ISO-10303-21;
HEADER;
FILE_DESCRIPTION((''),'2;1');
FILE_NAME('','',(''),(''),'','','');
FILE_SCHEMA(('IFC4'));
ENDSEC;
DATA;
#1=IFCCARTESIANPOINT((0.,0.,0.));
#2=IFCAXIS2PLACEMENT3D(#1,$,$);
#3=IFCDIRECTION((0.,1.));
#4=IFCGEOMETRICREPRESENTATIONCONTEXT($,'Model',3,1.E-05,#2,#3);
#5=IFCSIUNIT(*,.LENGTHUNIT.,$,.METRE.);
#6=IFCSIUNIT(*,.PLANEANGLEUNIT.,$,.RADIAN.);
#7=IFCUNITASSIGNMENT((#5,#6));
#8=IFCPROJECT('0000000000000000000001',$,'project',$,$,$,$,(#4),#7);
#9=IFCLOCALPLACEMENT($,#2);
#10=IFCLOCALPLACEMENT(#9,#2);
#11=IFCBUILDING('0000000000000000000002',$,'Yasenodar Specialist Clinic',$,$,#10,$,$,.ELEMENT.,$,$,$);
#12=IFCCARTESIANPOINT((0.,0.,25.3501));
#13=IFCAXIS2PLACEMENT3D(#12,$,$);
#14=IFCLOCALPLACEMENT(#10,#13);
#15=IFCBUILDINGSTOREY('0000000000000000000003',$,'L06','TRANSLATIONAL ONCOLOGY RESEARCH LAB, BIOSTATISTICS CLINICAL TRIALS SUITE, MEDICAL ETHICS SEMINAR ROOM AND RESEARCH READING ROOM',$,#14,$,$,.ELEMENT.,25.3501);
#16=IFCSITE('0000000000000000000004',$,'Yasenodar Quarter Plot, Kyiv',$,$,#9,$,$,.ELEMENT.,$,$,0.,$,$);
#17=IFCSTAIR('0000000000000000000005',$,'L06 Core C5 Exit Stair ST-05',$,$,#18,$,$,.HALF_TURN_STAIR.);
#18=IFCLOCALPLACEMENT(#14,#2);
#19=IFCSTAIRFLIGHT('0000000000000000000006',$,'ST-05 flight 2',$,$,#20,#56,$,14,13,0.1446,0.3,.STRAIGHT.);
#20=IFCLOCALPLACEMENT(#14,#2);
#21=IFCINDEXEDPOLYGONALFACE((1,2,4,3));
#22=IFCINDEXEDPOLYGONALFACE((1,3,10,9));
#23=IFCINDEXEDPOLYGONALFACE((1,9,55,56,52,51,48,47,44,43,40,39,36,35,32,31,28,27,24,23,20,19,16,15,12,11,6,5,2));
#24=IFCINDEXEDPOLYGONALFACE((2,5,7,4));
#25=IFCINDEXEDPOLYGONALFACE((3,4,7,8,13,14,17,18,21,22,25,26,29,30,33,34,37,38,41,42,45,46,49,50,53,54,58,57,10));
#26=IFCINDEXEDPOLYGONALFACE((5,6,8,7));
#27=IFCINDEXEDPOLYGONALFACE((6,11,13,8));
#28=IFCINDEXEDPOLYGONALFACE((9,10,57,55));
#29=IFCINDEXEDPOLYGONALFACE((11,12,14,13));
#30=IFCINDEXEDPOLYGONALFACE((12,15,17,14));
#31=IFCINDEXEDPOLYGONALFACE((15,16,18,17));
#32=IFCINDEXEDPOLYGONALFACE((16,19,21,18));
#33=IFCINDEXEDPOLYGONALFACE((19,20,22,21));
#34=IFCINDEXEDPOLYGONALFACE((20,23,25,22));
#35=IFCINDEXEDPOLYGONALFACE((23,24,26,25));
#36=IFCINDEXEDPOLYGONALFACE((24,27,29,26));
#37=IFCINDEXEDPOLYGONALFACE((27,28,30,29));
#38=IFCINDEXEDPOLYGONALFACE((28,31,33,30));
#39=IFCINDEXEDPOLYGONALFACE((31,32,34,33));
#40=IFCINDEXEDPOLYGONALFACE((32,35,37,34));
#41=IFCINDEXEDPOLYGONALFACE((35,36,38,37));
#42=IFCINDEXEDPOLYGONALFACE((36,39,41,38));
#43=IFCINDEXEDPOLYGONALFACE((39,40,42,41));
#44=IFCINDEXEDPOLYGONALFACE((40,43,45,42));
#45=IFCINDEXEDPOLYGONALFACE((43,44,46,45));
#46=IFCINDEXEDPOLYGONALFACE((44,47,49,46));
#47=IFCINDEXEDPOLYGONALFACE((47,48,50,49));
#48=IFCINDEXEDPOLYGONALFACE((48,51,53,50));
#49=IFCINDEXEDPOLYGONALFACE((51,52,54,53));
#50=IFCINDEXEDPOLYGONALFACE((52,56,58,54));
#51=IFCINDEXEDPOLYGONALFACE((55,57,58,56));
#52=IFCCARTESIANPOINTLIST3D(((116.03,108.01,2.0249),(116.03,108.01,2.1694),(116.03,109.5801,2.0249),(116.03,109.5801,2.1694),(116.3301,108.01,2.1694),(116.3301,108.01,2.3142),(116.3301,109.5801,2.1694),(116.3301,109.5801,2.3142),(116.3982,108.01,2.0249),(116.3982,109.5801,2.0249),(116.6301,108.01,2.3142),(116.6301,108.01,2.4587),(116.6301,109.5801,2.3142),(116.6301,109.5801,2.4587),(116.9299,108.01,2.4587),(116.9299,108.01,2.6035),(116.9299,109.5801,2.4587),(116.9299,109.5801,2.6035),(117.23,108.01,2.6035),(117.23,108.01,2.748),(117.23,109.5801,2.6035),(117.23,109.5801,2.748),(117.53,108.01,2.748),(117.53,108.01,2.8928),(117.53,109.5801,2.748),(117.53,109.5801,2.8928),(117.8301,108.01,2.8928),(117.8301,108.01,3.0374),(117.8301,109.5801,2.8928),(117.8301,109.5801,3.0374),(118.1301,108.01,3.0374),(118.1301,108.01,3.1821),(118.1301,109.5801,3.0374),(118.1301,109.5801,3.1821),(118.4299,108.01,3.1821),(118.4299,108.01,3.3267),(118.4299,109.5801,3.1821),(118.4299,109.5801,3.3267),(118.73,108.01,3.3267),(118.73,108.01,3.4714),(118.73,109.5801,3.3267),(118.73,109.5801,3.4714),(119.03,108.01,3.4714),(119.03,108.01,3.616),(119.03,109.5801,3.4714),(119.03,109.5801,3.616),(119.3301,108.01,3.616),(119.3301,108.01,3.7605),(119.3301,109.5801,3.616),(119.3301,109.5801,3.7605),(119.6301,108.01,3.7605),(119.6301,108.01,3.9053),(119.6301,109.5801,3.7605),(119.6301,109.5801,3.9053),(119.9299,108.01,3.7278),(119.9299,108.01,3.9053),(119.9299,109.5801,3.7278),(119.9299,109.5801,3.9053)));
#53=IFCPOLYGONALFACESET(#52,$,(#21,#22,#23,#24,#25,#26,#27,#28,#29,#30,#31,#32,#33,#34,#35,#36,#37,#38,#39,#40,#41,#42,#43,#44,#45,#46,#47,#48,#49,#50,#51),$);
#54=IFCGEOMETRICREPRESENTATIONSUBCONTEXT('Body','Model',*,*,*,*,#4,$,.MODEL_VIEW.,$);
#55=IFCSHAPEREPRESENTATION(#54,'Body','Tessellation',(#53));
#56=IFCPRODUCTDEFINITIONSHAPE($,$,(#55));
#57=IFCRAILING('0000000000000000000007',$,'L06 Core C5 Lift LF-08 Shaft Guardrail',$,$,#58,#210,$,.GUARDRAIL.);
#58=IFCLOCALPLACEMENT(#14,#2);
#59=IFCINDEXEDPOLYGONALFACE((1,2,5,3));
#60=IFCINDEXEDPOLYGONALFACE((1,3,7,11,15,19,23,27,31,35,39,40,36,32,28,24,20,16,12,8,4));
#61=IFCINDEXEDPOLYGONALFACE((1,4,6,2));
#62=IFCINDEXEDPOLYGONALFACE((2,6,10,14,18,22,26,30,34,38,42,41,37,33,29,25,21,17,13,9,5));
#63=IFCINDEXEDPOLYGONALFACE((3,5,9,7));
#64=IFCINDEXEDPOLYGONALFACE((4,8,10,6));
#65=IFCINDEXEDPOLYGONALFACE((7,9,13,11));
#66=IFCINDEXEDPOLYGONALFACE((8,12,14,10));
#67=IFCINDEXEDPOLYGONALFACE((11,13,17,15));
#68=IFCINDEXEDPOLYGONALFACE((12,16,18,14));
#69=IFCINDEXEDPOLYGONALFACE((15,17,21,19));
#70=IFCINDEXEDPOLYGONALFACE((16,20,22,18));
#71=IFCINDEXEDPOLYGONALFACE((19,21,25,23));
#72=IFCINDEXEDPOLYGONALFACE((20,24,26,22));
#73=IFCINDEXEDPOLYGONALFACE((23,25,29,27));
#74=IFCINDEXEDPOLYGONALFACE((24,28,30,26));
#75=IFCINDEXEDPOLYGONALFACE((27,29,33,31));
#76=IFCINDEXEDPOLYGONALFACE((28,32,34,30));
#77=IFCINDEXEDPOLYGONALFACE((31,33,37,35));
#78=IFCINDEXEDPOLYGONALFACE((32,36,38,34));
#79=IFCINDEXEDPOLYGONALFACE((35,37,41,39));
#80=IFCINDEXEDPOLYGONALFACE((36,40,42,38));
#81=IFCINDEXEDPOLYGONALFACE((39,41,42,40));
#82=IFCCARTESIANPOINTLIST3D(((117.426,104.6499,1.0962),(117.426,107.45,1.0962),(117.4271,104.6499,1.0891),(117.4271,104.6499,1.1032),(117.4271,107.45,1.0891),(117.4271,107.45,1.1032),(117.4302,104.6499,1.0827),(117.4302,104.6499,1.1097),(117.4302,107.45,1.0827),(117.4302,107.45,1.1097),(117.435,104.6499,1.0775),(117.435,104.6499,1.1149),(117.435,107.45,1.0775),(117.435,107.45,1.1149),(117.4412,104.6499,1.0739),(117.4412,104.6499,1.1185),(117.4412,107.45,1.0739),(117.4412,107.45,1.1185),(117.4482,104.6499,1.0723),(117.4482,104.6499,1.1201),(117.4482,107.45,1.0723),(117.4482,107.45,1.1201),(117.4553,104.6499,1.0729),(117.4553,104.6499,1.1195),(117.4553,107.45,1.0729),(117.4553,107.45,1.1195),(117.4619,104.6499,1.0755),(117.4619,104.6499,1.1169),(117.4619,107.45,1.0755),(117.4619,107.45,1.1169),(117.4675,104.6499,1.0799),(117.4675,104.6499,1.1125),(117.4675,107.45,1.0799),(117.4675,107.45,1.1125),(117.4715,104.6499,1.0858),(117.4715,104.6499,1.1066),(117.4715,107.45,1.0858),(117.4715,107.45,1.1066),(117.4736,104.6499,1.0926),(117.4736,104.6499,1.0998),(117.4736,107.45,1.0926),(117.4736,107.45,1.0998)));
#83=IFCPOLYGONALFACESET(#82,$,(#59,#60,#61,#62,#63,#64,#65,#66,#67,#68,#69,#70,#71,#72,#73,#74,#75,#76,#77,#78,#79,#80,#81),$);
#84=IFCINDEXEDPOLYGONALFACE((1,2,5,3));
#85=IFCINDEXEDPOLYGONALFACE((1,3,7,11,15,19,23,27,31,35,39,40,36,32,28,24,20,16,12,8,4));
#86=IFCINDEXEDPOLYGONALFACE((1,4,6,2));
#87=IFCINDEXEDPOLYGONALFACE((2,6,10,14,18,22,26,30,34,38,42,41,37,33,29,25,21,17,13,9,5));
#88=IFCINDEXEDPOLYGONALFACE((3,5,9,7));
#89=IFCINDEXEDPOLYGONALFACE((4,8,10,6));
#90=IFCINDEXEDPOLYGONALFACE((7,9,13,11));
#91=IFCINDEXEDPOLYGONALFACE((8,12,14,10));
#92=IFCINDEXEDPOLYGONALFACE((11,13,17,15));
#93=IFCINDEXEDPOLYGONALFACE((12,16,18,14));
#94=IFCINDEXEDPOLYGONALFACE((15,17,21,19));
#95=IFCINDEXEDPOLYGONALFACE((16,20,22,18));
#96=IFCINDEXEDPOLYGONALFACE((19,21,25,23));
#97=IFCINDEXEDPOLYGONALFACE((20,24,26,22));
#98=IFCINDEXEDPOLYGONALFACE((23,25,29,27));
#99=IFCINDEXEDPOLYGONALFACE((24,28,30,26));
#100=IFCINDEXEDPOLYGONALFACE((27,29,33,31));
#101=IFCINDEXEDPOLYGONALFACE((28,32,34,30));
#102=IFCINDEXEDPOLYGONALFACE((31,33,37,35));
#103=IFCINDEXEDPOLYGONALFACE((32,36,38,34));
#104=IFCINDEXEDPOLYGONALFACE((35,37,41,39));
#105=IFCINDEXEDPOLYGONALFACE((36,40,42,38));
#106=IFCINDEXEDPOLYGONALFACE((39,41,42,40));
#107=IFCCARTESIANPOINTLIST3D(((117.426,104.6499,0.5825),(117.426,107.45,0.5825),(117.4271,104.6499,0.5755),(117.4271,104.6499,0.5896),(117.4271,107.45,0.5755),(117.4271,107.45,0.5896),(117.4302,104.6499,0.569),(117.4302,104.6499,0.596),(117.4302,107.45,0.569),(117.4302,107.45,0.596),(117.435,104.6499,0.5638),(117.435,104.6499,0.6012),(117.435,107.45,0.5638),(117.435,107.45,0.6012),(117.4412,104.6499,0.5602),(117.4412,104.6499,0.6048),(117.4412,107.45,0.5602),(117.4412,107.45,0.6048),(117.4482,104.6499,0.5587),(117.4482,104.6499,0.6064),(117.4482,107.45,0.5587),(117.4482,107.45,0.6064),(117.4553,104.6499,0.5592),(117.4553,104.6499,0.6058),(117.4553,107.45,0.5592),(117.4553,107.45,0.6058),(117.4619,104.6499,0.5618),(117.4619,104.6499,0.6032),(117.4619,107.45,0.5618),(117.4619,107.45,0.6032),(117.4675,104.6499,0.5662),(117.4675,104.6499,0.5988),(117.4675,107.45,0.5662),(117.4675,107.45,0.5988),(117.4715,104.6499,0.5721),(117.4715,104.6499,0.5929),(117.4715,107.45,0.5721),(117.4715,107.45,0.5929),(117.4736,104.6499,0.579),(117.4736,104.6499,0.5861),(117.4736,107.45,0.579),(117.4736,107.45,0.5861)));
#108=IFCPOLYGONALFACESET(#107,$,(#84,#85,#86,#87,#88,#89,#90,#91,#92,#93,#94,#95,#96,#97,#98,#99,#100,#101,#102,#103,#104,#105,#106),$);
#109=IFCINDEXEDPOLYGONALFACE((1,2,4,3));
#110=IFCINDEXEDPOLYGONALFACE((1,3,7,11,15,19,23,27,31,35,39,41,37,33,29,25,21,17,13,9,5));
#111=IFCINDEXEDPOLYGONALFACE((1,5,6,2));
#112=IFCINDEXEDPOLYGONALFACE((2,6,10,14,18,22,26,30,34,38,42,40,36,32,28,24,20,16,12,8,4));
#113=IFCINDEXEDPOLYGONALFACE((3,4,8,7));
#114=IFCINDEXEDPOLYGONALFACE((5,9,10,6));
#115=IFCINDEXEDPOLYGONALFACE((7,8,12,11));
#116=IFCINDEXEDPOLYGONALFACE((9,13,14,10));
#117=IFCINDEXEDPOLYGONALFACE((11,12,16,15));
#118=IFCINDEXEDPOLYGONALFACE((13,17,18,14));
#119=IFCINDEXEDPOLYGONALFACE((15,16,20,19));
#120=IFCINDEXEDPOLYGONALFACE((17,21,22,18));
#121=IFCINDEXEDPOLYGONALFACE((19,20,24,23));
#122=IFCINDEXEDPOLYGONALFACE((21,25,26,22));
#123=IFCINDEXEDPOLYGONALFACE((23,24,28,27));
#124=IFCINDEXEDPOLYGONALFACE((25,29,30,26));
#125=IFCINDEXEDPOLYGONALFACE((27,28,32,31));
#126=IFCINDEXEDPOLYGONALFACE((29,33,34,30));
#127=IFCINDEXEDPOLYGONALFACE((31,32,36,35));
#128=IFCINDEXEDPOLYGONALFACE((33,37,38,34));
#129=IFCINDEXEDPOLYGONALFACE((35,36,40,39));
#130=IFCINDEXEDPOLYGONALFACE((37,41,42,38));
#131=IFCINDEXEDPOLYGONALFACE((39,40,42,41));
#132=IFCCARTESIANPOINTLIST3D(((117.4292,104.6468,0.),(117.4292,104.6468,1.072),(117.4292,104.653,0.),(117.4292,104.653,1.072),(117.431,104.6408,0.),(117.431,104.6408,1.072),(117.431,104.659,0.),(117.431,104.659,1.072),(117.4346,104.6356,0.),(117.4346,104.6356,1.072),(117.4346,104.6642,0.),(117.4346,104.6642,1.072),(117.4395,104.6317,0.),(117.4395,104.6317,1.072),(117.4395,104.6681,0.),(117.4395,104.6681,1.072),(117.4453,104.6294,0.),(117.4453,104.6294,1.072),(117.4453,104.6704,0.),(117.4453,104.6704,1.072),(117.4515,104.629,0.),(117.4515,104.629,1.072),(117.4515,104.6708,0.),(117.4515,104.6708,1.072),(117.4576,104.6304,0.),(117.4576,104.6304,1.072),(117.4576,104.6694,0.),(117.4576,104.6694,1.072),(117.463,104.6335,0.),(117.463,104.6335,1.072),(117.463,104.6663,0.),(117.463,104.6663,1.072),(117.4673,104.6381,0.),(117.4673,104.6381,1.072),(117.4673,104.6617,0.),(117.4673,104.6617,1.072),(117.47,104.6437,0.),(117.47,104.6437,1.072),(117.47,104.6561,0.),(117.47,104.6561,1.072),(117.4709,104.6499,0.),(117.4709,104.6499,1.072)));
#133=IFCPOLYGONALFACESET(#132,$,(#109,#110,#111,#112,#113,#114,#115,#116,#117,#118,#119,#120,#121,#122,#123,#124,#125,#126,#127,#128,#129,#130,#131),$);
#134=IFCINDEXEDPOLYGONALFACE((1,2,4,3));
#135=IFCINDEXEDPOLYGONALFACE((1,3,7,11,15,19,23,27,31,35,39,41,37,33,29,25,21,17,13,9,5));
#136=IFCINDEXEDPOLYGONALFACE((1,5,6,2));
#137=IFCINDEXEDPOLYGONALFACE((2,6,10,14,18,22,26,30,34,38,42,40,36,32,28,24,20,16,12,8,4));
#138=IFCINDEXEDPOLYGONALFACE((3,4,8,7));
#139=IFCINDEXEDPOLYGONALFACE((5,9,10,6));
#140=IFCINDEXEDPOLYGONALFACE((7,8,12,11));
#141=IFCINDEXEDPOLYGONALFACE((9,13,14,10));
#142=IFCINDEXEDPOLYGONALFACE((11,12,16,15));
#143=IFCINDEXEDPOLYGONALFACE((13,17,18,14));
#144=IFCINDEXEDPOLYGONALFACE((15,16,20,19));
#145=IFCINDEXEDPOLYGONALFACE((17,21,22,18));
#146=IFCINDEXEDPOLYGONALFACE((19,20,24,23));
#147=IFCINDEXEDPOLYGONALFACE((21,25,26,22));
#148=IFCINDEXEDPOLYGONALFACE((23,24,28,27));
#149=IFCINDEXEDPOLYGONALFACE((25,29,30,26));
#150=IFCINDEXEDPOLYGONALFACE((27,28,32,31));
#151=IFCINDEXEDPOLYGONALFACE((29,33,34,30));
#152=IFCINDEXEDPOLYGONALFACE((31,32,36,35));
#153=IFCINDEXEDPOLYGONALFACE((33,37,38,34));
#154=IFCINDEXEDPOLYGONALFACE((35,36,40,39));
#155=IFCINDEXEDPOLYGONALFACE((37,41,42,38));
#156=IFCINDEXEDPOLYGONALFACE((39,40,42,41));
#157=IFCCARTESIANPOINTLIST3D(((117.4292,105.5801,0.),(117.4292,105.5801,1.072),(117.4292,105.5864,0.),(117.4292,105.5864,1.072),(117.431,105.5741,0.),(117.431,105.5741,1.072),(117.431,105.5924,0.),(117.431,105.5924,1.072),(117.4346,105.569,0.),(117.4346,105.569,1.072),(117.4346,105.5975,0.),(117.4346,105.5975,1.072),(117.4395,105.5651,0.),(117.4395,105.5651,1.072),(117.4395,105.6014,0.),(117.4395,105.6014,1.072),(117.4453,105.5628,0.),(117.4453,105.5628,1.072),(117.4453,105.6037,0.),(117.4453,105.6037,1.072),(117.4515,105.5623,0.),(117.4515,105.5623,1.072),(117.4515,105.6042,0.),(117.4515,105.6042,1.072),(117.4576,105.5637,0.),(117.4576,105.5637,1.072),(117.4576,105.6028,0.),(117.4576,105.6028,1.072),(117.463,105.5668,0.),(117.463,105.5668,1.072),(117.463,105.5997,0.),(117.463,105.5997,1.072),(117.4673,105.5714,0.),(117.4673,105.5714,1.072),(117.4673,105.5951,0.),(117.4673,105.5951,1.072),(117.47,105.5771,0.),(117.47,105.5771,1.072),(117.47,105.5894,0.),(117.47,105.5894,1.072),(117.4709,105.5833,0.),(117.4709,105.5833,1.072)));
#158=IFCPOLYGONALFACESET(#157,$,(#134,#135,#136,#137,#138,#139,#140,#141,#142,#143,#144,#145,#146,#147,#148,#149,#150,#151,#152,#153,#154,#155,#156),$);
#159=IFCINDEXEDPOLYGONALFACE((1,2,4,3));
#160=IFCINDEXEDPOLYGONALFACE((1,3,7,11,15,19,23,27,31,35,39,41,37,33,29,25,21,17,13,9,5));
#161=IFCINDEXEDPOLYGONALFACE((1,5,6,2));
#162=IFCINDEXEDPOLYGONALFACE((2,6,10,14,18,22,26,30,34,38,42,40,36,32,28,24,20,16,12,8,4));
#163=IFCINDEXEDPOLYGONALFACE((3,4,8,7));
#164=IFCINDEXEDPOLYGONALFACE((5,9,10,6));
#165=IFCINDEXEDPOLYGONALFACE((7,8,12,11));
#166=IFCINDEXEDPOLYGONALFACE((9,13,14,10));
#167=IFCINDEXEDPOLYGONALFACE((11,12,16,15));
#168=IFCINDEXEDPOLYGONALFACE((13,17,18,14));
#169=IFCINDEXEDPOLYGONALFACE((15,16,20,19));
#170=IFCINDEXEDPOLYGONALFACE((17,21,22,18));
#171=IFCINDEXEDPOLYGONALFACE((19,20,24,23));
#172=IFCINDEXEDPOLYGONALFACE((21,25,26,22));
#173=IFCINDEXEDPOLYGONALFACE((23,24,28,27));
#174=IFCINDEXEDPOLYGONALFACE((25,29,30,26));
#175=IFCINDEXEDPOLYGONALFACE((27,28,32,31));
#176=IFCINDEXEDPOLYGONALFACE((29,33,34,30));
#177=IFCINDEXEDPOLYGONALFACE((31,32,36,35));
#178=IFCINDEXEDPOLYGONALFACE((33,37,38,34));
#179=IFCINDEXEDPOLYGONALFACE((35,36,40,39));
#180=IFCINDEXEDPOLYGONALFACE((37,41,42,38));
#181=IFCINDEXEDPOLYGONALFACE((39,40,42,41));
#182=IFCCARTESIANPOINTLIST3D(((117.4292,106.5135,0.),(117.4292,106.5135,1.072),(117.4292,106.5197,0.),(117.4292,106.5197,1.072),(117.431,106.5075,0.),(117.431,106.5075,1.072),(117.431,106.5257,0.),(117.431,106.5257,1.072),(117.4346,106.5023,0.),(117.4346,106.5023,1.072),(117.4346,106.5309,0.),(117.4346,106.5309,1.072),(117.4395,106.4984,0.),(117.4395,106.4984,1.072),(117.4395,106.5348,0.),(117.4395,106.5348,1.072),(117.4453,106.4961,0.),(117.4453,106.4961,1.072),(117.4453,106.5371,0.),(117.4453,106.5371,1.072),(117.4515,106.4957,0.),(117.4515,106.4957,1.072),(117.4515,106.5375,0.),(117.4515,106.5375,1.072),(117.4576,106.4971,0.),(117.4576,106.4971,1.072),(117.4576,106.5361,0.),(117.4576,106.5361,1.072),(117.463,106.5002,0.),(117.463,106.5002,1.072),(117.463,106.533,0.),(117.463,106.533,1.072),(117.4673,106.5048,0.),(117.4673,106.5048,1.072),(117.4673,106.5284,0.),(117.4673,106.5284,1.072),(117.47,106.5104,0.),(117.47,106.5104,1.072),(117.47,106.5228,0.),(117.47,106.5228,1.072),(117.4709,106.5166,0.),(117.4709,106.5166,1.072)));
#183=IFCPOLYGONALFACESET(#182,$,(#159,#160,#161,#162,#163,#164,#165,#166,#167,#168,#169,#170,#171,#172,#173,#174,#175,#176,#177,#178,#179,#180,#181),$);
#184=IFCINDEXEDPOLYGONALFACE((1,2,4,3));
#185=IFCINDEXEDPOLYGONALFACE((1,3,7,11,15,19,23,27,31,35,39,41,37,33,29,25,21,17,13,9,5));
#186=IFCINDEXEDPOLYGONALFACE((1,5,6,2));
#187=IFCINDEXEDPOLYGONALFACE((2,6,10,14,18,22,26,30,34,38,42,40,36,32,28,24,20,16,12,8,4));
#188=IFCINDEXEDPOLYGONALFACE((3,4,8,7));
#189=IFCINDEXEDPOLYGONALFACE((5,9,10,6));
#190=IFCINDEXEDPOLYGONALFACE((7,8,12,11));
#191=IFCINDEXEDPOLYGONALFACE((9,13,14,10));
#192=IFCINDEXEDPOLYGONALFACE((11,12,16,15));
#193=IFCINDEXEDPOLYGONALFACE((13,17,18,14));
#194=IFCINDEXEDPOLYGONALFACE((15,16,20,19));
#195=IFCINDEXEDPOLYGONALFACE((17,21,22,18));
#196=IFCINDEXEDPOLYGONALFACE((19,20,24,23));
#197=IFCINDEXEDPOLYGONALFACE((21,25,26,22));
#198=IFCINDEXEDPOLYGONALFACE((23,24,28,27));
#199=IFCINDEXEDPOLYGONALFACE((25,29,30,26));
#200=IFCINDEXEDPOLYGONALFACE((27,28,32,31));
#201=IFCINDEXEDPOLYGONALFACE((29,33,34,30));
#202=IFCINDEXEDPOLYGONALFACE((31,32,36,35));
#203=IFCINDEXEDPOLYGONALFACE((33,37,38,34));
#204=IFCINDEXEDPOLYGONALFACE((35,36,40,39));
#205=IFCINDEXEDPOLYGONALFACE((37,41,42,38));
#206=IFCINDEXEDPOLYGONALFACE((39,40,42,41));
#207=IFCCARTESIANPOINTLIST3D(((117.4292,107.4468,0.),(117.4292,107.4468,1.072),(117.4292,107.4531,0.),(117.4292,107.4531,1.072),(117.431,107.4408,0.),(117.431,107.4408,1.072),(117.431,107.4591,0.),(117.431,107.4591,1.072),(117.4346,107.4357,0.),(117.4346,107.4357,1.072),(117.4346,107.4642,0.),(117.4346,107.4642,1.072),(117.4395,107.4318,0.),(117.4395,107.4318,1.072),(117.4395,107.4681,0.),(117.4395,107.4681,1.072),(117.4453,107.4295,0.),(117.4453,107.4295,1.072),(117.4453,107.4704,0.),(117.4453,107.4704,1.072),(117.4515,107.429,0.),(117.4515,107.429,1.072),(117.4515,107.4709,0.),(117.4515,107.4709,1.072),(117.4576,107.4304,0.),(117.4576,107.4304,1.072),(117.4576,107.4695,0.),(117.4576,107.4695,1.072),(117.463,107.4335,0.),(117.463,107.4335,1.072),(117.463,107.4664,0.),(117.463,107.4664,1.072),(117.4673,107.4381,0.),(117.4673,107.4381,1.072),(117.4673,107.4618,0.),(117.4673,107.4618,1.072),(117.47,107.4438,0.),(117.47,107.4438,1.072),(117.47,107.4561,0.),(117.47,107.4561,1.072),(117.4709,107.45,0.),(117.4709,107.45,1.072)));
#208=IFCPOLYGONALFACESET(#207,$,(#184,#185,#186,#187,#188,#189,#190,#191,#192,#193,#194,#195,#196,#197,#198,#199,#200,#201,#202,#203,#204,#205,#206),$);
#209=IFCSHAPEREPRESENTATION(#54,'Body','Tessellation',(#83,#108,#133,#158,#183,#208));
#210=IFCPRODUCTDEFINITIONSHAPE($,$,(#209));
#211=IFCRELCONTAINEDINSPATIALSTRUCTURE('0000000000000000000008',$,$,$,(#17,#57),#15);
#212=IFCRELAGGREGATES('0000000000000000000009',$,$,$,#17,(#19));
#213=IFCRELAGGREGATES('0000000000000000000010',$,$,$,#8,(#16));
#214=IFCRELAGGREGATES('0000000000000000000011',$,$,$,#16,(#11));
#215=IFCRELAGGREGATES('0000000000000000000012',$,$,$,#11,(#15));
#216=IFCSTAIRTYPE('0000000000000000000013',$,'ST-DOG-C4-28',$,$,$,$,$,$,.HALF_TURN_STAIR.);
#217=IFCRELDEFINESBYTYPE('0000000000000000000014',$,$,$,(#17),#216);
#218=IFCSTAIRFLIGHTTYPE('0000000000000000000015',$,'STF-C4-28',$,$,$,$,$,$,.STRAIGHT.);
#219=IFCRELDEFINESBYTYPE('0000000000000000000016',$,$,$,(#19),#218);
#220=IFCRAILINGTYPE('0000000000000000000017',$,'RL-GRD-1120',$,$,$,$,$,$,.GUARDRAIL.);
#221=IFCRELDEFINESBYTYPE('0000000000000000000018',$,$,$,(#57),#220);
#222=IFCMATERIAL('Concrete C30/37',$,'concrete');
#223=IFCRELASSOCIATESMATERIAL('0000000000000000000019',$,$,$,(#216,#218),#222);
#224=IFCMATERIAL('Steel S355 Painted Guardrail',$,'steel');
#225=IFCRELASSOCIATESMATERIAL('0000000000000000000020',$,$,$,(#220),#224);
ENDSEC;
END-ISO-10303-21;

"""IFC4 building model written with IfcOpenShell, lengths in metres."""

from ifc_helpers import new_model, si_unit, direction, frame, origin, origin_2d, place, context, subcontext, project, spatial, polyline, circle, outline, extrude, material, type_object, element, aggregate, save


model = new_model("IFC4")

# Units and contexts
model_context = context("Model", 3, precision=1e-05, world=origin(), true_north=direction((0.0, 1.0)))
body_context = subcontext(model_context, "Body", "Model", "MODEL_VIEW")
ifc_project = project(units=[si_unit("LENGTHUNIT", "METRE"), si_unit("PLANEANGLEUNIT", "RADIAN")], contexts=[model_context])

# Site, building, storey
site_placement = place(None, origin())
site = spatial("IfcSite", under=ifc_project, at=site_placement, Name="Yasenodar Quarter Plot, Kyiv", CompositionType="ELEMENT", RefElevation=0.0)
building_placement = place(site_placement, origin())
building = spatial("IfcBuilding", under=site, at=building_placement, Name="Yasenodar Specialist Clinic", CompositionType="ELEMENT")
storey_placement = place(building_placement, frame((0.0, 0.0, 25.3501)))
storey = spatial("IfcBuildingStorey", under=building, at=storey_placement, Name="L06", Description="TRANSLATIONAL ONCOLOGY RESEARCH LAB, BIOSTATISTICS CLINICAL TRIALS SUITE, MEDICAL ETHICS SEMINAR ROOM AND RESEARCH READING ROOM", CompositionType="ELEMENT", Elevation=25.3501)

# Stair, stair flight
ifc_material_1 = material(Name="Concrete C30/37", Category="concrete")
stair_type = type_object("IfcStairType", Name="ST-DOG-C4-28", PredefinedType="HALF_TURN_STAIR", material=ifc_material_1)
stair_placement = place(storey_placement, origin())
stair = element("IfcStair", 1, at=stair_placement, inside=storey, type_object=stair_type, Name="L06 Core C5 Exit Stair ST-05", PredefinedType="HALF_TURN_STAIR")
stair_flight_type = type_object("IfcStairFlightType", Name="STF-C4-28", PredefinedType="STRAIGHT", material=ifc_material_1)
stair_flight_1_placement = place(storey_placement, frame((116.03, 108.7949, 2.0249), z_axis=(0.0, 0.0, 1.0), x_axis=(1.0, 0.0, 0.0)))
stair_flight_1 = element("IfcStairFlight", 2, at=stair_flight_1_placement, type_object=stair_flight_type, Name="ST-05 flight 2", NumberOfRisers=14, NumberOfTreads=13, PredefinedType="STRAIGHT", RiserHeight=0.1446, TreadLength=0.3, context=body_context, shape_type="SweptSolid", body=[
    extrude(outline(polyline([(0.0, 0.0), (0.0, 0.1445), (0.3, 0.1445), (0.3, 0.2893), (0.6001, 0.2893), (0.6001, 0.4338), (0.8999, 0.4338), (0.8999, 0.5786), (1.2, 0.5786), (1.2, 0.7231), (1.5, 0.7231), (1.5, 0.8679), (1.8, 0.8679), (1.8, 1.0125), (2.1001, 1.0125), (2.1001, 1.1572), (2.3999, 1.1572), (2.3999, 1.3018), (2.7, 1.3018), (2.7, 1.4465), (3.0, 1.4465), (3.0, 1.5911), (3.3, 1.5911), (3.3, 1.7356), (3.6001, 1.7356), (3.6001, 1.8804), (3.8999, 1.8804), (3.8999, 2.0249), (3.8999, 1.7029), (0.3682, 0.0), (0.0, 0.0)])), frame((0.0, 0.7852, 0.0), z_axis=(0.0, -1.0, 0.0), x_axis=(1.0, 0.0, 0.0)), (0.0, 0.0, 1.0), 1.5701),
])
aggregate(stair, [stair_flight_1])

# Railing
ifc_material_2 = material(Name="Steel S355 Painted Guardrail", Category="steel")
railing_type_1 = type_object("IfcRailingType", Name="RL-GRD-1120", PredefinedType="GUARDRAIL", material=ifc_material_2)
railing_1_placement = place(storey_placement, frame((117.45, 104.6499, 0.0)))
element("IfcRailing", 3, at=railing_1_placement, inside=storey, type_object=railing_type_1, Name="L06 Core C5 Lift LF-08 Shaft Guardrail", PredefinedType="GUARDRAIL", context=body_context, shape_type="SweptSolid", body=[
    extrude(circle(Radius=0.0239, at=origin_2d()), frame((0.0, 0.0, 1.0962), z_axis=(0.0, 1.0, 0.0), x_axis=(-1.0, 0.0, 0.0)), (0.0, 0.0, 1.0), 2.8),
    extrude(circle(Radius=0.0239, at=origin_2d()), frame((0.0, 0.0, 0.5825), z_axis=(0.0, 1.0, 0.0), x_axis=(-1.0, 0.0, 0.0)), (0.0, 0.0, 1.0), 2.8),
    extrude(circle(Radius=0.021, at=origin_2d()), origin(), (0.0, 0.0, 1.0), 1.072),
    extrude(circle(Radius=0.021, at=origin_2d()), frame((0.0, 0.9333, 0.0)), (0.0, 0.0, 1.0), 1.072),
    extrude(circle(Radius=0.021, at=origin_2d()), frame((0.0, 1.8667, 0.0)), (0.0, 0.0, 1.0), 1.072),
    extrude(circle(Radius=0.021, at=origin_2d()), frame((0.0, 2.8, 0.0)), (0.0, 0.0, 1.0), 1.072),
])

save(model, "model.ifc")
